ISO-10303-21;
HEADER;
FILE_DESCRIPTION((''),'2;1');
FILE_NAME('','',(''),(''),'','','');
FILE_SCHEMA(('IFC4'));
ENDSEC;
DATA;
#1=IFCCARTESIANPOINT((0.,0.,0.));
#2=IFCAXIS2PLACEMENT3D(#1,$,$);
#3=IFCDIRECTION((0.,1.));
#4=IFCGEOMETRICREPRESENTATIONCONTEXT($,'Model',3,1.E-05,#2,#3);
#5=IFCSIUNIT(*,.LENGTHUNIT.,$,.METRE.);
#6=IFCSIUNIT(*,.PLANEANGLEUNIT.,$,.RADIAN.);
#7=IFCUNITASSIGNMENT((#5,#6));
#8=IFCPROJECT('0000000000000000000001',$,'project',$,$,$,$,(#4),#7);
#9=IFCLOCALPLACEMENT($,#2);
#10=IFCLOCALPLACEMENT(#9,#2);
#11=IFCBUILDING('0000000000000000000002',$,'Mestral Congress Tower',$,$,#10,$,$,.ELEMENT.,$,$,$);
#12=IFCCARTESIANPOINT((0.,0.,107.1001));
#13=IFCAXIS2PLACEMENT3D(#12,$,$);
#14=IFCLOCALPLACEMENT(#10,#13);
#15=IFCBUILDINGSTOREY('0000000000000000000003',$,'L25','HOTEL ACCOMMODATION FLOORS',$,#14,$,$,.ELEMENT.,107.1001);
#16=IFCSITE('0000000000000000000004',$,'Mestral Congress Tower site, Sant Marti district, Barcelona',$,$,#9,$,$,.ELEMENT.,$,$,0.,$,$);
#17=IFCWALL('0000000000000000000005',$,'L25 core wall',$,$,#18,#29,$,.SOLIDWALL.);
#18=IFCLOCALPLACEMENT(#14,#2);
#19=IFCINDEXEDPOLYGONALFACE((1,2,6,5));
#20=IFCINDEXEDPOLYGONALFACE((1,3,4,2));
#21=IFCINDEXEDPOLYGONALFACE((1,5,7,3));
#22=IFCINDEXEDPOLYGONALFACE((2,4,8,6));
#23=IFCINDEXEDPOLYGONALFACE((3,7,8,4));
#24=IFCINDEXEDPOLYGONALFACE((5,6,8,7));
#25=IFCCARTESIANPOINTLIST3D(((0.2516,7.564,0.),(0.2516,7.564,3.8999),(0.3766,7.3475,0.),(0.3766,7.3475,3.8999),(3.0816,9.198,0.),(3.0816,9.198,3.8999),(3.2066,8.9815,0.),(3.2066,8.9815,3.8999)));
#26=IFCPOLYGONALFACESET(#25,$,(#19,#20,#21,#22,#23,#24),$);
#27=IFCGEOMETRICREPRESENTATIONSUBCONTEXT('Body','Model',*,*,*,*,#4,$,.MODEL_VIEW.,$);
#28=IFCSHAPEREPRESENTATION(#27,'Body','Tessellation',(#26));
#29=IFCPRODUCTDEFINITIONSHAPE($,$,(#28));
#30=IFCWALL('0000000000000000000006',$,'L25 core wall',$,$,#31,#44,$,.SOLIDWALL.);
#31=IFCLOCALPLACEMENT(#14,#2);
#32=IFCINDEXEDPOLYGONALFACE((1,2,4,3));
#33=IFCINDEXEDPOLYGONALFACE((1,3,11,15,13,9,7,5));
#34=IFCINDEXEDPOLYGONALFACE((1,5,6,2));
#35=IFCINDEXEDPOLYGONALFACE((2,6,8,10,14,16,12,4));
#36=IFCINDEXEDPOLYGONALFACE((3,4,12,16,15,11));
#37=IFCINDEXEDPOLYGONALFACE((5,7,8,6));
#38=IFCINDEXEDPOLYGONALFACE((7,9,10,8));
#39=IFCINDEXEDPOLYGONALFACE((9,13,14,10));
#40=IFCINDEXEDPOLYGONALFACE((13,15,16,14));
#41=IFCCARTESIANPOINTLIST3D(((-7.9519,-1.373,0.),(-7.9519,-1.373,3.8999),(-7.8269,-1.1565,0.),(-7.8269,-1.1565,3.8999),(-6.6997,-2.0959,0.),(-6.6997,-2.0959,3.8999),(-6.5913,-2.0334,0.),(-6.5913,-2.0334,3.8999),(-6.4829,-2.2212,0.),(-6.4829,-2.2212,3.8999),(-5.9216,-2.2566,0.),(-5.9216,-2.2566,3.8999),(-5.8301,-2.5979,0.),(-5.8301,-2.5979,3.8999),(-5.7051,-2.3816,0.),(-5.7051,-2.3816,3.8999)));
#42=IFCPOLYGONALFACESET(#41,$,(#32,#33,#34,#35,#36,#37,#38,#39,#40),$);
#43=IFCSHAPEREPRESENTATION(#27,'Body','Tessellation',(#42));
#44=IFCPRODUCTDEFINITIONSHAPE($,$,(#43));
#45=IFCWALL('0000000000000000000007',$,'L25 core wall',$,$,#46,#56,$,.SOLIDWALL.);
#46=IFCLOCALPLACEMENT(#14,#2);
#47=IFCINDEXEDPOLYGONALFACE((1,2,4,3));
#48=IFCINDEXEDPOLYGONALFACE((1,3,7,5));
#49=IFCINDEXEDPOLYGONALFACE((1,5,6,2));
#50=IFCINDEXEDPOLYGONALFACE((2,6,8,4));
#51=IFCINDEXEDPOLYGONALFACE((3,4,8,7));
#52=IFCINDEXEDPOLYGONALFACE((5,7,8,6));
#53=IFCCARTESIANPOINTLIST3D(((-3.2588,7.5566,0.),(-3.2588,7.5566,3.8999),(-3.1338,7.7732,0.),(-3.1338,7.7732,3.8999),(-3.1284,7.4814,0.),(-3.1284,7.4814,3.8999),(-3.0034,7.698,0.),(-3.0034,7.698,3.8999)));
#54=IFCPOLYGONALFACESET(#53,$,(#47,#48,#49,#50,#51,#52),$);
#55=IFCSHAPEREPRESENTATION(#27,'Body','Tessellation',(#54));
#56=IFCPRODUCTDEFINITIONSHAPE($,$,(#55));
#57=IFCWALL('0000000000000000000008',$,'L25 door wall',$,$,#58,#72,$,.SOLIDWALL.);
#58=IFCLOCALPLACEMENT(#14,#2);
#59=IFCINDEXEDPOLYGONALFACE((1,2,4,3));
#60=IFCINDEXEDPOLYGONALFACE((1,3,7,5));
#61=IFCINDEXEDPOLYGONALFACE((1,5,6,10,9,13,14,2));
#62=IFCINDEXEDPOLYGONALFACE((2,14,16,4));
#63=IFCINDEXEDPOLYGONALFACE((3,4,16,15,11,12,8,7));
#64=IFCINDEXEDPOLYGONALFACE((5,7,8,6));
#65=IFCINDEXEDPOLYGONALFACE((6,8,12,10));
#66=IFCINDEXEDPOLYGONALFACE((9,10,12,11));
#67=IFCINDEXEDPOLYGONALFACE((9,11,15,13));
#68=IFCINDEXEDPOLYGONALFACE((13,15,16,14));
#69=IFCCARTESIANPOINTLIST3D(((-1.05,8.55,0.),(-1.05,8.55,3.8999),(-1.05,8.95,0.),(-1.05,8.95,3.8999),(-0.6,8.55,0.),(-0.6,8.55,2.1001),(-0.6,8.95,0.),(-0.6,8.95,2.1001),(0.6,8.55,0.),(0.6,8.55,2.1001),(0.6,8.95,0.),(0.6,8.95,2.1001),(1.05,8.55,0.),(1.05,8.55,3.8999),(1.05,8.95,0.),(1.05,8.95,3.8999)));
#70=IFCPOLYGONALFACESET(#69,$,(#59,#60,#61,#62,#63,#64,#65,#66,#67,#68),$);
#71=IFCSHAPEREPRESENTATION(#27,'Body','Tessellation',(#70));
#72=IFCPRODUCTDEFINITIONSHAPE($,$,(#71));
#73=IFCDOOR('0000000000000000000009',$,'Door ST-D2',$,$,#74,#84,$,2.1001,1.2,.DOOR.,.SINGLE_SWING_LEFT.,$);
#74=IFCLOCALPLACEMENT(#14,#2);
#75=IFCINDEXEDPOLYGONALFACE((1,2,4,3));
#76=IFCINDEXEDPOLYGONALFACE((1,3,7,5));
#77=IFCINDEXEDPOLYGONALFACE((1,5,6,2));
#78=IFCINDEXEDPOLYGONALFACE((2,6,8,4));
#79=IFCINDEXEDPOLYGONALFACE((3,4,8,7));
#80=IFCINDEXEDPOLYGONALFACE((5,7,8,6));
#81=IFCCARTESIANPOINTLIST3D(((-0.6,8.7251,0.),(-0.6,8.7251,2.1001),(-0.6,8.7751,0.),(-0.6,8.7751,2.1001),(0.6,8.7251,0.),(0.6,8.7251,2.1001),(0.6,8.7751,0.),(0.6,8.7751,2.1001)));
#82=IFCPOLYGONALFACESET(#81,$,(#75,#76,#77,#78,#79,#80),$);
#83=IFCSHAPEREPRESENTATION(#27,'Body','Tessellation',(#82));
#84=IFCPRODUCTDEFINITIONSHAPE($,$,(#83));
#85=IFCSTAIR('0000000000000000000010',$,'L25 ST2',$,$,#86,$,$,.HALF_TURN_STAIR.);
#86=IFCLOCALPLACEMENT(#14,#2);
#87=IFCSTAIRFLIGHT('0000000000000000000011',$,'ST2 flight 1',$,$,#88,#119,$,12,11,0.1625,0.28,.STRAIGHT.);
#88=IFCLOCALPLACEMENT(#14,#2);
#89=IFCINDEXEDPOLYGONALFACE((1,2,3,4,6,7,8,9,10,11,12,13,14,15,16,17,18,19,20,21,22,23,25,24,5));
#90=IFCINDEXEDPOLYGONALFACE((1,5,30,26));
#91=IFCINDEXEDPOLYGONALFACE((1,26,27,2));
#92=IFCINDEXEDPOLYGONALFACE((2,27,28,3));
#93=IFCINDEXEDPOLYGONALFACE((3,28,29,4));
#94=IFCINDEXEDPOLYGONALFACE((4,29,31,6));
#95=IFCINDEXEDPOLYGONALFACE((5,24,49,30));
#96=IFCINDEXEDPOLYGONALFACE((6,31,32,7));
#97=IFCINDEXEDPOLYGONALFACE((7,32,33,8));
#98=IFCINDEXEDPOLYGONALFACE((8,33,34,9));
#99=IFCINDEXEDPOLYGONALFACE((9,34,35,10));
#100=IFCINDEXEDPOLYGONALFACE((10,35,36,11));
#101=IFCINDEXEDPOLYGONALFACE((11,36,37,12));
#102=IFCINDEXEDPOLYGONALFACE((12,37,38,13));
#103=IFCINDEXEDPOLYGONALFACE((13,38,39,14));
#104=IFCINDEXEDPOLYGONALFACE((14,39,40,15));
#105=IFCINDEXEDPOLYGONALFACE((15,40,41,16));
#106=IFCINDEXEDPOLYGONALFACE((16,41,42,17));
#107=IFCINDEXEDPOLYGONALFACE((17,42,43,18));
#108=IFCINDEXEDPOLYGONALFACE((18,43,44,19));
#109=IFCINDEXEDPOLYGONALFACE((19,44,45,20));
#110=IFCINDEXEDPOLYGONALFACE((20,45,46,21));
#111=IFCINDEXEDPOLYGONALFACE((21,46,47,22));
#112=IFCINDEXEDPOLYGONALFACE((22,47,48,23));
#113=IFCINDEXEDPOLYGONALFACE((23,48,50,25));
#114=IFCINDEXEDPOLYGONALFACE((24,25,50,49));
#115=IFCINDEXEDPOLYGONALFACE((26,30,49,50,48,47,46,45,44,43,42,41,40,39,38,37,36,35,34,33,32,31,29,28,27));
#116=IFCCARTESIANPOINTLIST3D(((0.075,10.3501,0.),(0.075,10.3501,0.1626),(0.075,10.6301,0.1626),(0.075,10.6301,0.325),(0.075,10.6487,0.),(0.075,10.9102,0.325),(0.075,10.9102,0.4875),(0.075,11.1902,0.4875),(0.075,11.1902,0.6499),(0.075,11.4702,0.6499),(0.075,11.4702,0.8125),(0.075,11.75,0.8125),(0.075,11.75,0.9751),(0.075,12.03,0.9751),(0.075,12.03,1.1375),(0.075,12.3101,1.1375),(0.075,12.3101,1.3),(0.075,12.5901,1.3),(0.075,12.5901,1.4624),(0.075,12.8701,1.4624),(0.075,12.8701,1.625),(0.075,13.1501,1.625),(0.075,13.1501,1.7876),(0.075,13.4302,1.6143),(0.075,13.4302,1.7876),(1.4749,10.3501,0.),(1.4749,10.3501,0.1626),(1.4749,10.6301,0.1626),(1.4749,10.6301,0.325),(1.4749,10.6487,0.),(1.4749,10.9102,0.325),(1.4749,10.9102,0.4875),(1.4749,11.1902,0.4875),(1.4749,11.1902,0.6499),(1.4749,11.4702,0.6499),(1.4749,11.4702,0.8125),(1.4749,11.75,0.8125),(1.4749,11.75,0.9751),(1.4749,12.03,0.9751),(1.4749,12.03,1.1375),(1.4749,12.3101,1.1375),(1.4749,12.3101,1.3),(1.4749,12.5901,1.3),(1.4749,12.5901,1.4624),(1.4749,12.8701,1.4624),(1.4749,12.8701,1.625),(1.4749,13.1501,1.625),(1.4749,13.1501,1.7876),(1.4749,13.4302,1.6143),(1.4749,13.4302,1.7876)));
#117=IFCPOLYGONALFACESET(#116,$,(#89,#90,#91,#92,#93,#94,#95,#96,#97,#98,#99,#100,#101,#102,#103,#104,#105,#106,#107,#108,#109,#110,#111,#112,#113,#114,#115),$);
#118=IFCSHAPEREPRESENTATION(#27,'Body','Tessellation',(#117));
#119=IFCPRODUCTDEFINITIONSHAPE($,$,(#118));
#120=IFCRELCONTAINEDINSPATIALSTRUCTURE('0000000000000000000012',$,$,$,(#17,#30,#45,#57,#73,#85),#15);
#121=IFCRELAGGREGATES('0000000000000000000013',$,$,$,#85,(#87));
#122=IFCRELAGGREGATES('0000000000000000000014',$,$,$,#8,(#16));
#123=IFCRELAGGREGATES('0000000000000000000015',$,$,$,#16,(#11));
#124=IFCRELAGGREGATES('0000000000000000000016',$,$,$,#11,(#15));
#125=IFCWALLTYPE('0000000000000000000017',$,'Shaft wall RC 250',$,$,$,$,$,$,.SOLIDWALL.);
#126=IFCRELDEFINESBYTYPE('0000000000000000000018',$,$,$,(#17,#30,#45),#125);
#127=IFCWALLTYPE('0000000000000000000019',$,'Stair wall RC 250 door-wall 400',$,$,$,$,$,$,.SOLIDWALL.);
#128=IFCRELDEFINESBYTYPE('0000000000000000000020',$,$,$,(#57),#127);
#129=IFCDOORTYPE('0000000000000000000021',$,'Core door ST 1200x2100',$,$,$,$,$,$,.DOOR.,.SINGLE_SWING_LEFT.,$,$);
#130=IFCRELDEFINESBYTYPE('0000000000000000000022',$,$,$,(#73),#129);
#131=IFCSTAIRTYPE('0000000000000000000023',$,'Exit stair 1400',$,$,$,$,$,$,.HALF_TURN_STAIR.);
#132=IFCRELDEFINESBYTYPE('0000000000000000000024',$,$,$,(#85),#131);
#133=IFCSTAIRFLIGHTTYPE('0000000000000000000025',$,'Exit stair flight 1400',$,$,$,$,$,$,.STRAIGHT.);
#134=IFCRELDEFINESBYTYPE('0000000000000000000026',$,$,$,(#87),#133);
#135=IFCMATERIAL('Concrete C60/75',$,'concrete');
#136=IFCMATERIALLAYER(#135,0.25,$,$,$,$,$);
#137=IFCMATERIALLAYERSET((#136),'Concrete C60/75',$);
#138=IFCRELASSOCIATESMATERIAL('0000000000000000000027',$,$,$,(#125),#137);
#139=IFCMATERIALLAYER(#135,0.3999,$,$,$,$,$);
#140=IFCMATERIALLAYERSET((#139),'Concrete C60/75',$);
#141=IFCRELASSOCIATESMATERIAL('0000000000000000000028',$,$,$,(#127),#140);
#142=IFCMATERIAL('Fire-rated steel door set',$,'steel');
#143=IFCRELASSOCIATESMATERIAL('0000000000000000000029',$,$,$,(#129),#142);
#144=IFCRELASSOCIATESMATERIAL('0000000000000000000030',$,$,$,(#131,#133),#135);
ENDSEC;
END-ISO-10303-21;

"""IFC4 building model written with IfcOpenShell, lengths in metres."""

from ifc_helpers import new_model, si_unit, direction, frame, frame_2d, origin, place, context, subcontext, project, spatial, polyline, rectangle, outline, extrude, material, layer, layer_set, type_object, element, fill, aggregate, save


model = new_model("IFC4")

# Units and contexts
model_context = context("Model", 3, precision=1e-05, world=origin(), true_north=direction((0.0, 1.0)))
body_context = subcontext(model_context, "Body", "Model", "MODEL_VIEW")
ifc_project = project(units=[si_unit("LENGTHUNIT", "METRE"), si_unit("PLANEANGLEUNIT", "RADIAN")], contexts=[model_context])

# Site, building, storey
site_placement = place(None, origin())
site = spatial("IfcSite", under=ifc_project, at=site_placement, Name="Mestral Congress Tower site, Sant Marti district, Barcelona", CompositionType="ELEMENT", RefElevation=0.0)
building_placement = place(site_placement, origin())
building = spatial("IfcBuilding", under=site, at=building_placement, Name="Mestral Congress Tower", CompositionType="ELEMENT")
storey_placement = place(building_placement, frame((0.0, 0.0, 107.1001)))
storey = spatial("IfcBuildingStorey", under=building, at=storey_placement, Name="L25", Description="HOTEL ACCOMMODATION FLOORS", CompositionType="ELEMENT", Elevation=107.1001)

# Walls
placement = place(storey_placement, origin())
ifc_material_1 = material(Name="Concrete C60/75", Category="concrete")
ifc_layer_1 = layer(ifc_material_1, 0.25)
ifc_layer_set_1 = layer_set([ifc_layer_1], Name="Concrete C60/75")
wall_type_1 = type_object("IfcWallType", Name="Shaft wall RC 250", PredefinedType="SOLIDWALL", material=ifc_layer_set_1)
wall_1_placement = place(storey_placement, frame((0.3142, 7.4558, 0.0), z_axis=(0.0, 0.0, 1.0), x_axis=(0.866014, 0.50002, 0.0)))
element("IfcWall", 1, at=wall_1_placement, inside=storey, type_object=wall_type_1, Name="L25 core wall", PredefinedType="SOLIDWALL", context=body_context, shape_type="SweptSolid", body=[
    extrude(rectangle(XDim=3.2678, YDim=0.25, at=frame_2d((1.6338, 0.0))), origin(), (0.0, 0.0, 1.0), 3.8999),
])
element("IfcWall", 2, at=placement, inside=storey, type_object=wall_type_1, Name="L25 core wall", PredefinedType="SOLIDWALL", context=body_context, shape_type="SweptSolid", body=[
    extrude(outline(polyline([(-5.9216, -2.2566), (-5.9216, -2.2566), (-5.7051, -2.3816), (-5.8301, -2.5979), (-6.4829, -2.2212), (-6.5913, -2.0334), (-6.5913, -2.0334), (-6.6997, -2.0959), (-7.9519, -1.373), (-7.8269, -1.1565), (-5.9216, -2.2566)])), origin(), (0.0, 0.0, 1.0), 3.8999),
])
element("IfcWall", 3, at=placement, inside=storey, type_object=wall_type_1, Name="L25 core wall", PredefinedType="SOLIDWALL", context=body_context, shape_type="SweptSolid", body=[
    extrude(outline(polyline([(-3.1284, 7.4814), (-3.2588, 7.5566), (-3.1338, 7.7732), (-3.0034, 7.698), (-3.1284, 7.4814)])), origin(), (0.0, 0.0, 1.0), 3.8999),
])

# Wall, opening, door
ifc_layer_2 = layer(ifc_material_1, 0.3999)
ifc_layer_set_2 = layer_set([ifc_layer_2], Name="Concrete C60/75")
wall_type_2 = type_object("IfcWallType", Name="Stair wall RC 250 door-wall 400", PredefinedType="SOLIDWALL", material=ifc_layer_set_2)
wall_2_placement = place(storey_placement, frame((1.05, 8.75, 0.0), z_axis=(0.0, 0.0, 1.0), x_axis=(-1.0, 0.0, 0.0)))
wall_2 = element("IfcWall", 4, at=wall_2_placement, inside=storey, type_object=wall_type_2, Name="L25 door wall", PredefinedType="SOLIDWALL", context=body_context, shape_type="SweptSolid", body=[
    extrude(rectangle(XDim=2.1001, YDim=0.3999, at=frame_2d((1.05, 0.0))), origin(), (0.0, 0.0, 1.0), 3.8999),
])
opening_placement = place(wall_2_placement, frame((0.45, 0.0, 0.0)))
opening = element("IfcOpeningElement", 5, at=opening_placement, cuts=wall_2, PredefinedType="OPENING", context=body_context, shape_type="SweptSolid", body=[
    extrude(rectangle(XDim=1.2, YDim=2.1001, at=frame_2d((0.6001, 1.05))), frame((0.0, 0.21, 0.0), z_axis=(0.0, -1.0, 0.0), x_axis=(1.0, 0.0, 0.0)), (0.0, 0.0, 1.0), 0.4199),
])
ifc_material_2 = material(Name="Fire-rated steel door set", Category="steel")
door_type = type_object("IfcDoorType", Name="Core door ST 1200x2100", OperationType="SINGLE_SWING_LEFT", PredefinedType="DOOR", material=ifc_material_2)
door_placement = place(opening_placement, origin())
door = element("IfcDoor", 6, at=door_placement, inside=storey, type_object=door_type, Name="Door ST-D2", OperationType="SINGLE_SWING_LEFT", OverallHeight=2.1001, OverallWidth=1.2, PredefinedType="DOOR", context=body_context, shape_type="SweptSolid", body=[
    extrude(rectangle(XDim=1.2, YDim=2.1001, at=frame_2d((0.6001, 1.05))), frame((0.0, 0.0249, 0.0), z_axis=(0.0, -1.0, 0.0), x_axis=(1.0, 0.0, 0.0)), (0.0, 0.0, 1.0), 0.05),
])
fill(opening, door)

# Stair, stair flight
stair_type = type_object("IfcStairType", Name="Exit stair 1400", PredefinedType="HALF_TURN_STAIR", material=ifc_material_1)
stair = element("IfcStair", 7, at=placement, inside=storey, type_object=stair_type, Name="L25 ST2", PredefinedType="HALF_TURN_STAIR")
stair_flight_type = type_object("IfcStairFlightType", Name="Exit stair flight 1400", PredefinedType="STRAIGHT", material=ifc_material_1)
stair_flight_placement = place(storey_placement, frame((0.7749, 10.3501, 0.0), z_axis=(0.0, 0.0, 1.0), x_axis=(0.0, 1.0, 0.0)))
stair_flight = element("IfcStairFlight", 8, at=stair_flight_placement, type_object=stair_flight_type, Name="ST2 flight 1", NumberOfRisers=12, NumberOfTreads=11, PredefinedType="STRAIGHT", RiserHeight=0.1625, TreadLength=0.28, context=body_context, shape_type="SweptSolid", body=[
    extrude(outline(polyline([(0.0, 0.0), (0.0, 0.1626), (0.28, 0.1626), (0.28, 0.325), (0.5601, 0.325), (0.5601, 0.4875), (0.8401, 0.4875), (0.8401, 0.6499), (1.1201, 0.6499), (1.1201, 0.8125), (1.3999, 0.8125), (1.3999, 0.9751), (1.6799, 0.9751), (1.6799, 1.1375), (1.96, 1.1375), (1.96, 1.3), (2.24, 1.3), (2.24, 1.4624), (2.52, 1.4624), (2.52, 1.625), (2.8, 1.625), (2.8, 1.7876), (3.0801, 1.7876), (3.0801, 1.95), (3.0801, 1.6143), (0.2986, 0.0), (0.0, 0.0)])), frame((0.0, 0.7, 0.0), z_axis=(0.0, -1.0, 0.0), x_axis=(1.0, 0.0, 0.0)), (0.0, 0.0, 1.0), 1.3999),
])
aggregate(stair, [stair_flight])

save(model, "model.ifc")
